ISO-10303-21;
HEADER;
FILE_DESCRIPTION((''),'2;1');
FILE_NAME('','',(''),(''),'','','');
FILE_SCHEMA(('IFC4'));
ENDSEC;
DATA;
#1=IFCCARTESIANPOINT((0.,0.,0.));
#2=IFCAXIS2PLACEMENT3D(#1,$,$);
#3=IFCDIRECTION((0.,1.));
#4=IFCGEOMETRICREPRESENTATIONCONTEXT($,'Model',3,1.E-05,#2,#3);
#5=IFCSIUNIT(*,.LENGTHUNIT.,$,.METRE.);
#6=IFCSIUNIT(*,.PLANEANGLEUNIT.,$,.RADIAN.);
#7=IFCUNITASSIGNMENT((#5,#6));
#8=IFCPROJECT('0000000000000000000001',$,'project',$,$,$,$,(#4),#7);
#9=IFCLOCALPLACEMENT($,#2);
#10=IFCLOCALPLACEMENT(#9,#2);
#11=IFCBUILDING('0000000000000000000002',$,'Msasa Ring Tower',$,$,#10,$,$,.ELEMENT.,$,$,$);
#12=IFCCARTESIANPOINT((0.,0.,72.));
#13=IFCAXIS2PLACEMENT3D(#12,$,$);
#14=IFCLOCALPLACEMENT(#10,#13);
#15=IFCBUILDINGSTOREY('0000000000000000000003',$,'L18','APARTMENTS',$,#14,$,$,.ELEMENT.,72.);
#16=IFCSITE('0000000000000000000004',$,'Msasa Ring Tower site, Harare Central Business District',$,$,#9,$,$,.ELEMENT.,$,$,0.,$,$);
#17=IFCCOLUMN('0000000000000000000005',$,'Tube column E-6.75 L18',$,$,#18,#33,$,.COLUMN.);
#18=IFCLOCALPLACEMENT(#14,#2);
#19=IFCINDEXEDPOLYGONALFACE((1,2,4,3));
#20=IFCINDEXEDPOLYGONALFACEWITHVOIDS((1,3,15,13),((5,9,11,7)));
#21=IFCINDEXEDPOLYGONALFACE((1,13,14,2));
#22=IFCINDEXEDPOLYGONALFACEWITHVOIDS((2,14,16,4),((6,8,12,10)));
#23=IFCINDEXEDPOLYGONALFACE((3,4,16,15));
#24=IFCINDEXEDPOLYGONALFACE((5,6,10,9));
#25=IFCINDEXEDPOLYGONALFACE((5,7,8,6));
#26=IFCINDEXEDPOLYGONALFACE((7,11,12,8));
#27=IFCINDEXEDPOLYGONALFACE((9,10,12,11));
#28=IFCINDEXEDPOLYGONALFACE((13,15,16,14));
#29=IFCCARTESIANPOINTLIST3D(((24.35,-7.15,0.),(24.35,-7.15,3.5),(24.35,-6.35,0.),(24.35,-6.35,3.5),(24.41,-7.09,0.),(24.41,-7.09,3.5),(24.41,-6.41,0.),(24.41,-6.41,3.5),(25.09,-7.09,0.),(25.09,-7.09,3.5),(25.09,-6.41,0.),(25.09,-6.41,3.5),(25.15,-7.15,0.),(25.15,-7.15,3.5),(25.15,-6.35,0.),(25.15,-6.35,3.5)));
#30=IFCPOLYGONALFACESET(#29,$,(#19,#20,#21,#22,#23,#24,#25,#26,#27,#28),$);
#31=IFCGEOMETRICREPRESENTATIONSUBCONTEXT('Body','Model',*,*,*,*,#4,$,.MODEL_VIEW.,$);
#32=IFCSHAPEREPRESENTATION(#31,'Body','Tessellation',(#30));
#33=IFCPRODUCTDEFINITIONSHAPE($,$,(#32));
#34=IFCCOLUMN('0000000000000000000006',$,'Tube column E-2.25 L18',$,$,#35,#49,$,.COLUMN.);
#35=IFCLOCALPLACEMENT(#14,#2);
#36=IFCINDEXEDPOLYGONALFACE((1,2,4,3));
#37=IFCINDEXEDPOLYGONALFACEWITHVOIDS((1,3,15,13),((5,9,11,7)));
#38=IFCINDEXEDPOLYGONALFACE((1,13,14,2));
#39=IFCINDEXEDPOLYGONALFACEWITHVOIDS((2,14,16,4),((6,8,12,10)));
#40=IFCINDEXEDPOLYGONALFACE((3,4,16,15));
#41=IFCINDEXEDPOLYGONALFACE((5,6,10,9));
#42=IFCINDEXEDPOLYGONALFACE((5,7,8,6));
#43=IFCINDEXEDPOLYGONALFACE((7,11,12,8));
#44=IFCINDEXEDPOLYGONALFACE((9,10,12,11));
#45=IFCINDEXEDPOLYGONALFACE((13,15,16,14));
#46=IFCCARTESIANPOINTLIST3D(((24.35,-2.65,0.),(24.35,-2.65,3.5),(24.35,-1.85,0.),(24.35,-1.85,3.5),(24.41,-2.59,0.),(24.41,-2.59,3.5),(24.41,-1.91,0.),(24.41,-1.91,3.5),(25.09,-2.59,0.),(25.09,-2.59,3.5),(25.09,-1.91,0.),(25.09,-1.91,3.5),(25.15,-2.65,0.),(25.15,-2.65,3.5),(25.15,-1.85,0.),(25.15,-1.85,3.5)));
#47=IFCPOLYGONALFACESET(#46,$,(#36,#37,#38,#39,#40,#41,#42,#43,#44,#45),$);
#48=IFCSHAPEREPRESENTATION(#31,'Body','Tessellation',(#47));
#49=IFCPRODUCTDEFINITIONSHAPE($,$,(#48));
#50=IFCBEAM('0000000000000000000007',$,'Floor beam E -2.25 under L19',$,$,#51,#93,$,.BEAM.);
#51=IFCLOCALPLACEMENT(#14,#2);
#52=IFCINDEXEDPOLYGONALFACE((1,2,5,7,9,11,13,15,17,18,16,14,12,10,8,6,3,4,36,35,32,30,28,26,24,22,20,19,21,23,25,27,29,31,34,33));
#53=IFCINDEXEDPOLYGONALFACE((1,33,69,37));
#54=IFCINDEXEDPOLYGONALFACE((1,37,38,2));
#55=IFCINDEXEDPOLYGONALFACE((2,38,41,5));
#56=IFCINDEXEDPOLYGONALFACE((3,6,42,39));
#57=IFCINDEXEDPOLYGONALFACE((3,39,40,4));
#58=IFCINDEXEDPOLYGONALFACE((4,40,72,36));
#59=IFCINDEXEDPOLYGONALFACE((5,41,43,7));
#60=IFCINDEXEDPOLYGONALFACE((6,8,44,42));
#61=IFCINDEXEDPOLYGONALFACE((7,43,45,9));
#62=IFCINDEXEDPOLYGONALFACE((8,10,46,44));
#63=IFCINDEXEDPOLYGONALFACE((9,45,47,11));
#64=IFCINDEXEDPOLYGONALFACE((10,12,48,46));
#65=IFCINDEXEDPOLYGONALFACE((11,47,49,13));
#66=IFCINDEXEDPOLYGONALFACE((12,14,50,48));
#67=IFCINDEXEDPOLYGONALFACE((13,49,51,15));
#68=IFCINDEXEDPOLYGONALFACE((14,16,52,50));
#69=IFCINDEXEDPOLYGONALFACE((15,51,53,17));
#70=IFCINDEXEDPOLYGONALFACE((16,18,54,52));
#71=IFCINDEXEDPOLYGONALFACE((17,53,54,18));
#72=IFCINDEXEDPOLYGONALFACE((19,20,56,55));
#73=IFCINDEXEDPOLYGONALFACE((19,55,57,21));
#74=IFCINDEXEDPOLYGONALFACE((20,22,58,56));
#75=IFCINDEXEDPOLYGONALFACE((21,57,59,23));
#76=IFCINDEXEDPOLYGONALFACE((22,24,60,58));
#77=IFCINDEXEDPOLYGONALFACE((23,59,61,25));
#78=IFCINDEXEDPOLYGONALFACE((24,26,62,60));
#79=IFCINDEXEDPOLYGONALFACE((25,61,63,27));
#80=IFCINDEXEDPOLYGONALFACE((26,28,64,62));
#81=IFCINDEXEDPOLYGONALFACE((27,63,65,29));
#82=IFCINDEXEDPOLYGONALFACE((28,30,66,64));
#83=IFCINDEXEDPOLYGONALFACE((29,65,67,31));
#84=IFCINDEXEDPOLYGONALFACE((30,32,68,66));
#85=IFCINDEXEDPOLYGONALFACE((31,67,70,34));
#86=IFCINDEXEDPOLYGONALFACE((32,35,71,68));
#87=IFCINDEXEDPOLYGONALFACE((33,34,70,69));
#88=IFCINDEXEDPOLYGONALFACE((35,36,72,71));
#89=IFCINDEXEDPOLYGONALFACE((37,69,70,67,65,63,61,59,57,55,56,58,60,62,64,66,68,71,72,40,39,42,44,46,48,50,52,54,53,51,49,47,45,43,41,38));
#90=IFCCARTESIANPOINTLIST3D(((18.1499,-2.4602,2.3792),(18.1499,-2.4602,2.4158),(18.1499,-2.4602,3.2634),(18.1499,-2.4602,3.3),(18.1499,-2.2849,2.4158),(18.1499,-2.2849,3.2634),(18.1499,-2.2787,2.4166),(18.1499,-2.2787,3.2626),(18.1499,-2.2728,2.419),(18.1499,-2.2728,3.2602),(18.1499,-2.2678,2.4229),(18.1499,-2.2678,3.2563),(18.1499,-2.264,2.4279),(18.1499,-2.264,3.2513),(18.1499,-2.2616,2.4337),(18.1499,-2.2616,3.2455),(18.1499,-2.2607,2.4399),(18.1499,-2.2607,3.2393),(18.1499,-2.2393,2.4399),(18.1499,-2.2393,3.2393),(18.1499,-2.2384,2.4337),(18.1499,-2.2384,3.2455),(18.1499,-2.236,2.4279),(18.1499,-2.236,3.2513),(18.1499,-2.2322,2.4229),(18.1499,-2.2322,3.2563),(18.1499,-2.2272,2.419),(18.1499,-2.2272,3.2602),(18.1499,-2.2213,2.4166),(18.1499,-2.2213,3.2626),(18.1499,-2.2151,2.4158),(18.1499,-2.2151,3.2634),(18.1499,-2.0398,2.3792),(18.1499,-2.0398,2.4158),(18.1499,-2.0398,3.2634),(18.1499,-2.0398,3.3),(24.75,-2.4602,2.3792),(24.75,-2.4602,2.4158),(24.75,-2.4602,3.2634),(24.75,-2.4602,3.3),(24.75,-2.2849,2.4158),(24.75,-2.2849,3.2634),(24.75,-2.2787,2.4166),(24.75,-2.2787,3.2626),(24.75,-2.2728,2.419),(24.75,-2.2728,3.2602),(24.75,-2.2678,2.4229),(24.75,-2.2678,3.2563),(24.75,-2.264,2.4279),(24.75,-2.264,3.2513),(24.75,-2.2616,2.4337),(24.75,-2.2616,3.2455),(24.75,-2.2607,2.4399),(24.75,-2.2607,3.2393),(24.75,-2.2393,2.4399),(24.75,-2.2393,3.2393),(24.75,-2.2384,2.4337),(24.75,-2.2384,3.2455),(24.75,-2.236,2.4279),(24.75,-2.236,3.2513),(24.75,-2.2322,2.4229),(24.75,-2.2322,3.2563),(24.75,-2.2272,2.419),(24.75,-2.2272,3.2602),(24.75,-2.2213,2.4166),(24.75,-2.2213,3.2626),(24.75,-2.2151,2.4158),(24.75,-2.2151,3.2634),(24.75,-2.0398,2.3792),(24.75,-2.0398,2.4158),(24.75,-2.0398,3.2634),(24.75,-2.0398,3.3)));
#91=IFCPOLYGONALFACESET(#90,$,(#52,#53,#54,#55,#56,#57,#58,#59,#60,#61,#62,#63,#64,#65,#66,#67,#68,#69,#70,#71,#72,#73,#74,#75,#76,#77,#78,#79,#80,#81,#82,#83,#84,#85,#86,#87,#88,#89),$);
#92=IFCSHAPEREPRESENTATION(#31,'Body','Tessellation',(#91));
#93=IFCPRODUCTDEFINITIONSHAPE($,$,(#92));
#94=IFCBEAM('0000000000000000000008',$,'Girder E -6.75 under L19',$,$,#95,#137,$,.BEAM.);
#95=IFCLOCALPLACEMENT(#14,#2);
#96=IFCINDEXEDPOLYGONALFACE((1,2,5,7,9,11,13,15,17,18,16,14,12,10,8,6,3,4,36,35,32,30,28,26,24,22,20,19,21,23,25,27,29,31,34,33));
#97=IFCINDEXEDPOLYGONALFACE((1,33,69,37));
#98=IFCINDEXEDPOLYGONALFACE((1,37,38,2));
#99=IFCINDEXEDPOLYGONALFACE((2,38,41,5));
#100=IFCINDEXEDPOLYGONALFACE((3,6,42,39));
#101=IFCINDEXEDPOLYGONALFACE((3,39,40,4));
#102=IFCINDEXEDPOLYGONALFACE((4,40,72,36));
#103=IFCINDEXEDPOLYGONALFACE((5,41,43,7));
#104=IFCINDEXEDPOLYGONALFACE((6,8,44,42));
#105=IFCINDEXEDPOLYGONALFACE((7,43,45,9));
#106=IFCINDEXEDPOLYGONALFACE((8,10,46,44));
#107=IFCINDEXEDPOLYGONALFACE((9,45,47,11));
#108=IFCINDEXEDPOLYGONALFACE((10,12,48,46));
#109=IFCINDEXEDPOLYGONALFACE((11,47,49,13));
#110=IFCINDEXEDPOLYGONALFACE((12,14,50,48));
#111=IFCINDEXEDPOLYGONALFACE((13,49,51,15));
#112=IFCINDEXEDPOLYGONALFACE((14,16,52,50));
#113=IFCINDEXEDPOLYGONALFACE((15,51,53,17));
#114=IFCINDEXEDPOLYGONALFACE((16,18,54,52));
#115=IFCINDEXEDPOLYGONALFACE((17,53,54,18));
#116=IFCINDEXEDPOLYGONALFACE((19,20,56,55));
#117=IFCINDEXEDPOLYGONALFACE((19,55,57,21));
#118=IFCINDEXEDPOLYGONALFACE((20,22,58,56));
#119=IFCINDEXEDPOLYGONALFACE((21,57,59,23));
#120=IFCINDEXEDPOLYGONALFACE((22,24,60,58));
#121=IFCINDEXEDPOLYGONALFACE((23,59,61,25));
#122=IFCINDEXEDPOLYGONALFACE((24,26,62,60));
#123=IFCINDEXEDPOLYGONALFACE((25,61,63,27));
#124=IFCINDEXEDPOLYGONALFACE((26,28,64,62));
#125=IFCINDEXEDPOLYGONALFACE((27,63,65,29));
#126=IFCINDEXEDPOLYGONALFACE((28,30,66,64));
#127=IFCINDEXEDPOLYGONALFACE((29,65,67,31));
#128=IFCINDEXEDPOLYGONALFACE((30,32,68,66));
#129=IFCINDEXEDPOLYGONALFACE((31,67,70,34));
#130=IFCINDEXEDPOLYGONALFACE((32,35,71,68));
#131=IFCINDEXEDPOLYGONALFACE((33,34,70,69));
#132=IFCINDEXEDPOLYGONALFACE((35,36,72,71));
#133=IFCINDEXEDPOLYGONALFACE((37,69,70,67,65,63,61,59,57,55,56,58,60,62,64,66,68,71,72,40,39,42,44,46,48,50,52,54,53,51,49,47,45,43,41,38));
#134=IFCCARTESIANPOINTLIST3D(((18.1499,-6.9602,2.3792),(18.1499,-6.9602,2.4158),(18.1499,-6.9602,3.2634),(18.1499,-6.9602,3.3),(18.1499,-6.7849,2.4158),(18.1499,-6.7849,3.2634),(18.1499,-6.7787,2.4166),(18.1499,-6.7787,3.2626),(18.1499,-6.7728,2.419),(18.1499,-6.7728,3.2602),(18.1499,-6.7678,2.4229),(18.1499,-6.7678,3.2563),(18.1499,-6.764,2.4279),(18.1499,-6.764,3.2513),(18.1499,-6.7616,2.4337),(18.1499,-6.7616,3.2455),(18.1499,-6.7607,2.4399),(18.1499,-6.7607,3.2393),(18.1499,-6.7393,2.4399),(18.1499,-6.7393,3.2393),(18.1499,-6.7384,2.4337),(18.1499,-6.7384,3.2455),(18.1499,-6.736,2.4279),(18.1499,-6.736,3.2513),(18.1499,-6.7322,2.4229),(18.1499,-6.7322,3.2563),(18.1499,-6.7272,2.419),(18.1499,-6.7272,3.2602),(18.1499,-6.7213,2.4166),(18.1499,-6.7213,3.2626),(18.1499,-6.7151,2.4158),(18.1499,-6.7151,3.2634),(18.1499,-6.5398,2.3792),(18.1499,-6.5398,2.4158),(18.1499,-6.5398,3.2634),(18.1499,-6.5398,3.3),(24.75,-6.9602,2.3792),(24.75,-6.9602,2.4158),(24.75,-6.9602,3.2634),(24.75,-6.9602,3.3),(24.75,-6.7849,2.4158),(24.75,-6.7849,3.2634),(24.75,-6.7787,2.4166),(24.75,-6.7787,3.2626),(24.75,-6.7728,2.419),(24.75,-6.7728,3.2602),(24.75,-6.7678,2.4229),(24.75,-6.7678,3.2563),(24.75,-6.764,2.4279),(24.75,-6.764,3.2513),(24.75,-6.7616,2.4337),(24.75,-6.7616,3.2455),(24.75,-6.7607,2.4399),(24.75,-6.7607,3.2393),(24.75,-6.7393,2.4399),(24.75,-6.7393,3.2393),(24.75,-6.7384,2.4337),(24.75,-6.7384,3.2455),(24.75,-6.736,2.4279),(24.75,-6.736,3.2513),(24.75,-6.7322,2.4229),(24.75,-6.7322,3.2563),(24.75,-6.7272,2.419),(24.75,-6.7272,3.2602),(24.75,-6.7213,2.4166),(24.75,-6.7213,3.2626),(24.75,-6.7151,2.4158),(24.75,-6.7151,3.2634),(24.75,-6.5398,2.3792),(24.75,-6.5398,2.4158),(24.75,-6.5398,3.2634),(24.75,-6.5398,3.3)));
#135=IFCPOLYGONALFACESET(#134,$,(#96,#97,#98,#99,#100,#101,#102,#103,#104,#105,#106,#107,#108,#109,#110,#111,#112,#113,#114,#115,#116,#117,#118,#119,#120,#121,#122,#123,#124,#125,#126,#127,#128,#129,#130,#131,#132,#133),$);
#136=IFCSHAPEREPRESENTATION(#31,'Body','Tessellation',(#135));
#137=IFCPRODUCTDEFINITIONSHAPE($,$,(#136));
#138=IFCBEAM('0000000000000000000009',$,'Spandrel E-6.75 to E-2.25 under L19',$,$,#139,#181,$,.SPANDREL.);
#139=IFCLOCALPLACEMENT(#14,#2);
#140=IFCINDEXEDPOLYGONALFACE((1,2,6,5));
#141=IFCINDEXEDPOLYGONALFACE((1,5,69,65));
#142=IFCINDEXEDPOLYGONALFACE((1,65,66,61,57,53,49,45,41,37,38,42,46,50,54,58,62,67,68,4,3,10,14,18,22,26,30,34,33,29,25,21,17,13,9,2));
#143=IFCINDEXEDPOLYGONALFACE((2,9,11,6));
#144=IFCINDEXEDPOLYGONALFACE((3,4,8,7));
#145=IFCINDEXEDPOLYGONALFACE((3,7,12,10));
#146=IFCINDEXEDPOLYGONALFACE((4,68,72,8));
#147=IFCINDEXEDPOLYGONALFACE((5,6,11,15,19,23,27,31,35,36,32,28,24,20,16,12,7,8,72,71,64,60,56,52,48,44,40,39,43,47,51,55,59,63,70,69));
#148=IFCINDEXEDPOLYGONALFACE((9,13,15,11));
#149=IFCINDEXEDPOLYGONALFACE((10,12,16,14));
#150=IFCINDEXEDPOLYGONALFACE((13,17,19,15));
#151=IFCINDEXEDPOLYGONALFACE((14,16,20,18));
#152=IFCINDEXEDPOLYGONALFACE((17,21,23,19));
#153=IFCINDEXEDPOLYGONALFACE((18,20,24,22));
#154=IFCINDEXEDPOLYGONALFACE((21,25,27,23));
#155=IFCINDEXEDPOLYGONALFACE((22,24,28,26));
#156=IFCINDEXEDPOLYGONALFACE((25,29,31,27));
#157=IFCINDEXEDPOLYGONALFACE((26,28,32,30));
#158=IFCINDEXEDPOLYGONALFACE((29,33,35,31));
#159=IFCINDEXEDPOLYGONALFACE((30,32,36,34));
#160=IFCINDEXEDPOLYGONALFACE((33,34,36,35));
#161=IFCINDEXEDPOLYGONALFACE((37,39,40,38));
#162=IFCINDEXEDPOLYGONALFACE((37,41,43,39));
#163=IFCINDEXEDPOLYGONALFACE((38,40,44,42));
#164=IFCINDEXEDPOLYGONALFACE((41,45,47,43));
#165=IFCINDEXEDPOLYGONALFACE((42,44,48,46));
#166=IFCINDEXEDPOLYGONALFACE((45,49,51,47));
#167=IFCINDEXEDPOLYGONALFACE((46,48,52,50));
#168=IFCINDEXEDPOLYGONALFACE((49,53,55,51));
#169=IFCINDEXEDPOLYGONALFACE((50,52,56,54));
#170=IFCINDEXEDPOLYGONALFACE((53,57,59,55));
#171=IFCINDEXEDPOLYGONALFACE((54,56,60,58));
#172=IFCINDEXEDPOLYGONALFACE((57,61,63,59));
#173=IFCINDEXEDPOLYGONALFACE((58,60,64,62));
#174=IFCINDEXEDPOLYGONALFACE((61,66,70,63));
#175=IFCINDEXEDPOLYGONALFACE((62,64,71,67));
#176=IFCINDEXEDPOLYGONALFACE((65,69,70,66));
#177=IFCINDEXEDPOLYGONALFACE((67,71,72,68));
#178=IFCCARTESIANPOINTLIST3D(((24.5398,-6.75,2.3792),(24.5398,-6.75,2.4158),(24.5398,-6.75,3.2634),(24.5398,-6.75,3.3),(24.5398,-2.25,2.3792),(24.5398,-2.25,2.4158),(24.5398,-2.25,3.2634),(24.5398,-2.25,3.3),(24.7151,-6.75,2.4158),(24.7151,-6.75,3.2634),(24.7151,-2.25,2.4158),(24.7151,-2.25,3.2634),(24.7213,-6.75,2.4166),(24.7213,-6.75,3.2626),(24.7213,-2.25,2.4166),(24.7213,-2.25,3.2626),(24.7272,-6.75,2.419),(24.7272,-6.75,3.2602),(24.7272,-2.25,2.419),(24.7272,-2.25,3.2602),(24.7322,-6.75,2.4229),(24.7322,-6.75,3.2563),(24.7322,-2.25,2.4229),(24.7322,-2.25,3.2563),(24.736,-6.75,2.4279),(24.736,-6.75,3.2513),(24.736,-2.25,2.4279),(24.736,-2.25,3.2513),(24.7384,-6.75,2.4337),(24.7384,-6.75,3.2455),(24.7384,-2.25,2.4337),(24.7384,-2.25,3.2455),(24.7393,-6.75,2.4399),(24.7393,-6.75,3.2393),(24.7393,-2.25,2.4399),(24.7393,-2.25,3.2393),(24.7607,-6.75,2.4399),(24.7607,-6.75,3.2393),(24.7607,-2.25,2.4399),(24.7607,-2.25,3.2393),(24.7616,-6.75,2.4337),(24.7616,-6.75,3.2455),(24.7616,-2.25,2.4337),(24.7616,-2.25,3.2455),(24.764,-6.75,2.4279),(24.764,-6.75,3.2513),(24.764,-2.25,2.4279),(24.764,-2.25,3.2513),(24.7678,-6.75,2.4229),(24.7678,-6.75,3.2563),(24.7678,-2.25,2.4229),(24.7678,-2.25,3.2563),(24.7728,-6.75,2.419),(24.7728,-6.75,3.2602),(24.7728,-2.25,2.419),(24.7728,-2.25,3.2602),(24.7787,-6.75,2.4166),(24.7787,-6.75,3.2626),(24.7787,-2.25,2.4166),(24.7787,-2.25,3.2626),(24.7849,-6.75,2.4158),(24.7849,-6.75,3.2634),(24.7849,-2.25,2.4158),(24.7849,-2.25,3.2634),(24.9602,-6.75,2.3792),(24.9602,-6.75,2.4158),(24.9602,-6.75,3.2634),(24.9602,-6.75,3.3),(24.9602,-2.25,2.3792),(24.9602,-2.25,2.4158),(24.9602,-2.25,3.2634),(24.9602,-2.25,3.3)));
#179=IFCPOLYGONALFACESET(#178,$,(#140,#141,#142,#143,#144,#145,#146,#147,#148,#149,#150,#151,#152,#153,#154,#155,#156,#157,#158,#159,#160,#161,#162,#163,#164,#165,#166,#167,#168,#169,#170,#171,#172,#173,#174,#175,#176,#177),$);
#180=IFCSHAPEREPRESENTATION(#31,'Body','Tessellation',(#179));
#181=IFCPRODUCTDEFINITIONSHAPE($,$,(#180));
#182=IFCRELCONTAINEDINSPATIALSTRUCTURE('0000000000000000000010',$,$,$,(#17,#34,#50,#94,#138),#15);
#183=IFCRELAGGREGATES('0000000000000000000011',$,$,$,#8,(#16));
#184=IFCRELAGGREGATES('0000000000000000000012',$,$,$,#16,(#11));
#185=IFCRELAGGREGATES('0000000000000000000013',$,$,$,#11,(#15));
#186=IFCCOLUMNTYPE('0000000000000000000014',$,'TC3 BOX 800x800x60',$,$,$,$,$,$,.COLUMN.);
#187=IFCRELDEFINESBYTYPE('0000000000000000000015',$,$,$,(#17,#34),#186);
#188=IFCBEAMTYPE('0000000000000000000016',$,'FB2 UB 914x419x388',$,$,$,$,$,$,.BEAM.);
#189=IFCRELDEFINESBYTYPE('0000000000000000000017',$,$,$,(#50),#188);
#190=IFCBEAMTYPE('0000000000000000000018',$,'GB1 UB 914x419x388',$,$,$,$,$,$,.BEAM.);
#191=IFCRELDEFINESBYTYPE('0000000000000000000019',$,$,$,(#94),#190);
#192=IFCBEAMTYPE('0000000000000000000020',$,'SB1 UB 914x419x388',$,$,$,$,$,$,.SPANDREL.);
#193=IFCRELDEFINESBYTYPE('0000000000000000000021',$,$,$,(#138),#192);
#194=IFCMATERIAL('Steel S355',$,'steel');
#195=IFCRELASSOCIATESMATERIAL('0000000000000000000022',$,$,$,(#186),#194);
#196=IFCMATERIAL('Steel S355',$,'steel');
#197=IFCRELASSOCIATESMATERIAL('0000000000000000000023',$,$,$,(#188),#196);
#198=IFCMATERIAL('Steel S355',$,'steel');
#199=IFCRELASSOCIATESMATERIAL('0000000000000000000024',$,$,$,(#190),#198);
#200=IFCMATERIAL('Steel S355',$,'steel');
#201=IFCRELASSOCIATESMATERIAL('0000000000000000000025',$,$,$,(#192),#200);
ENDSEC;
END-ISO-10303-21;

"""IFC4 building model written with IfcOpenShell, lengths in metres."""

from ifc_helpers import new_model, si_unit, direction, frame, origin, origin_2d, place, context, subcontext, project, spatial, hollow_rectangle, i_section, extrude, material, material_profile, profile_set, type_object, element, save


model = new_model("IFC4")

# Units and contexts
model_context = context("Model", 3, precision=1e-05, world=origin(), true_north=direction((0.0, 1.0)))
body_context = subcontext(model_context, "Body", "Model", "MODEL_VIEW")
ifc_project = project(units=[si_unit("LENGTHUNIT", "METRE"), si_unit("PLANEANGLEUNIT", "RADIAN")], contexts=[model_context])

# Site, building, storey
site_placement = place(None, origin())
site = spatial("IfcSite", under=ifc_project, at=site_placement, Name="Msasa Ring Tower site, Harare Central Business District", CompositionType="ELEMENT", RefElevation=0.0)
building_placement = place(site_placement, origin())
building = spatial("IfcBuilding", under=site, at=building_placement, Name="Msasa Ring Tower", CompositionType="ELEMENT")
storey_placement = place(building_placement, frame((0.0, 0.0, 72.0)))
storey = spatial("IfcBuildingStorey", under=building, at=storey_placement, Name="L18", Description="APARTMENTS", CompositionType="ELEMENT", Elevation=72.0)

# Columns
ifc_material_1 = material(Name="Steel S355", Category="steel")
ifc_material_profile_1 = material_profile(ifc_material_1, hollow_rectangle(XDim=0.8, YDim=0.8, WallThickness=0.0601, at=origin_2d()), Name="BOX 800x800x60")
ifc_profile_set_1 = profile_set([ifc_material_profile_1], Name="Steel S355")
column_type = type_object("IfcColumnType", Name="TC3 BOX 800x800x60", PredefinedType="COLUMN", material=ifc_profile_set_1)
for number, where, z_axis, x_axis, name in (
    (1, (24.75, -6.75, 0.0), (0.0, 0.0, 1.0), (1.0, 0.0, 0.0), "Tube column E-6.75 L18"),
    (2, (24.75, -2.25, 0.0), (0.0, 0.0, 1.0), (1.0, 0.0, 0.0), "Tube column E-2.25 L18"),
):
    element("IfcColumn", number, at=place(storey_placement, frame(where, z_axis=z_axis, x_axis=x_axis)), inside=storey, type_object=column_type, Name=name, PredefinedType="COLUMN", context=body_context, shape_type="SweptSolid", body=[
        extrude(hollow_rectangle(XDim=0.8, YDim=0.8, WallThickness=0.0601, at=origin_2d()), origin(), (0.0, 0.0, 1.0), 3.5),
    ])

# Beams
ifc_material_2 = material(Name="Steel S355", Category="steel")
ifc_material_profile_2 = material_profile(ifc_material_2, i_section(OverallWidth=0.4204, OverallDepth=0.9209, WebThickness=0.0215, FlangeThickness=0.0366, FilletRadius=0.0242, at=origin_2d()), Name="UB 914x419x388")
ifc_profile_set_2 = profile_set([ifc_material_profile_2], Name="Steel S355")
beam_type_1 = type_object("IfcBeamType", Name="FB2 UB 914x419x388", PredefinedType="BEAM", material=ifc_profile_set_2)
beam_1_placement = place(storey_placement, frame((24.75, -2.25, 2.8396), z_axis=(-1.0, 0.0, 0.0), x_axis=(0.0, -1.0, 0.0)))
element("IfcBeam", 3, at=beam_1_placement, inside=storey, type_object=beam_type_1, Name="Floor beam E -2.25 under L19", PredefinedType="BEAM", context=body_context, shape_type="SweptSolid", body=[
    extrude(i_section(OverallWidth=0.4204, OverallDepth=0.9209, WebThickness=0.0215, FlangeThickness=0.0366, FilletRadius=0.0242, at=origin_2d()), origin(), (0.0, 0.0, 1.0), 6.6001),
])
ifc_material_3 = material(Name="Steel S355", Category="steel")
ifc_material_profile_3 = material_profile(ifc_material_3, i_section(OverallWidth=0.4204, OverallDepth=0.9209, WebThickness=0.0215, FlangeThickness=0.0366, FilletRadius=0.0242, at=origin_2d()), Name="UB 914x419x388")
ifc_profile_set_3 = profile_set([ifc_material_profile_3], Name="Steel S355")
beam_type_2 = type_object("IfcBeamType", Name="GB1 UB 914x419x388", PredefinedType="BEAM", material=ifc_profile_set_3)
beam_2_placement = place(storey_placement, frame((18.1499, -6.75, 2.8396), z_axis=(1.0, 0.0, 0.0), x_axis=(0.0, 1.0, 0.0)))
element("IfcBeam", 4, at=beam_2_placement, inside=storey, type_object=beam_type_2, Name="Girder E -6.75 under L19", PredefinedType="BEAM", context=body_context, shape_type="SweptSolid", body=[
    extrude(i_section(OverallWidth=0.4204, OverallDepth=0.9209, WebThickness=0.0215, FlangeThickness=0.0366, FilletRadius=0.0242, at=origin_2d()), origin(), (0.0, 0.0, 1.0), 6.6001),
])
ifc_material_4 = material(Name="Steel S355", Category="steel")
ifc_material_profile_4 = material_profile(ifc_material_4, i_section(OverallWidth=0.4204, OverallDepth=0.9209, WebThickness=0.0215, FlangeThickness=0.0366, FilletRadius=0.0242, at=origin_2d()), Name="UB 914x419x388")
ifc_profile_set_4 = profile_set([ifc_material_profile_4], Name="Steel S355")
beam_type_3 = type_object("IfcBeamType", Name="SB1 UB 914x419x388", PredefinedType="SPANDREL", material=ifc_profile_set_4)
for number, where, z_axis, x_axis, name in (
    (5, (24.75, -6.75, 2.8396), (0.0, 1.0, 0.0), (-1.0, 0.0, 0.0), "Spandrel E-6.75 to E-2.25 under L19"),
):
    element("IfcBeam", number, at=place(storey_placement, frame(where, z_axis=z_axis, x_axis=x_axis)), inside=storey, type_object=beam_type_3, Name=name, PredefinedType="SPANDREL", context=body_context, shape_type="SweptSolid", body=[
        extrude(i_section(OverallWidth=0.4204, OverallDepth=0.9209, WebThickness=0.0215, FlangeThickness=0.0366, FilletRadius=0.0242, at=origin_2d()), origin(), (0.0, 0.0, 1.0), 4.5),
    ])

save(model, "model.ifc")
